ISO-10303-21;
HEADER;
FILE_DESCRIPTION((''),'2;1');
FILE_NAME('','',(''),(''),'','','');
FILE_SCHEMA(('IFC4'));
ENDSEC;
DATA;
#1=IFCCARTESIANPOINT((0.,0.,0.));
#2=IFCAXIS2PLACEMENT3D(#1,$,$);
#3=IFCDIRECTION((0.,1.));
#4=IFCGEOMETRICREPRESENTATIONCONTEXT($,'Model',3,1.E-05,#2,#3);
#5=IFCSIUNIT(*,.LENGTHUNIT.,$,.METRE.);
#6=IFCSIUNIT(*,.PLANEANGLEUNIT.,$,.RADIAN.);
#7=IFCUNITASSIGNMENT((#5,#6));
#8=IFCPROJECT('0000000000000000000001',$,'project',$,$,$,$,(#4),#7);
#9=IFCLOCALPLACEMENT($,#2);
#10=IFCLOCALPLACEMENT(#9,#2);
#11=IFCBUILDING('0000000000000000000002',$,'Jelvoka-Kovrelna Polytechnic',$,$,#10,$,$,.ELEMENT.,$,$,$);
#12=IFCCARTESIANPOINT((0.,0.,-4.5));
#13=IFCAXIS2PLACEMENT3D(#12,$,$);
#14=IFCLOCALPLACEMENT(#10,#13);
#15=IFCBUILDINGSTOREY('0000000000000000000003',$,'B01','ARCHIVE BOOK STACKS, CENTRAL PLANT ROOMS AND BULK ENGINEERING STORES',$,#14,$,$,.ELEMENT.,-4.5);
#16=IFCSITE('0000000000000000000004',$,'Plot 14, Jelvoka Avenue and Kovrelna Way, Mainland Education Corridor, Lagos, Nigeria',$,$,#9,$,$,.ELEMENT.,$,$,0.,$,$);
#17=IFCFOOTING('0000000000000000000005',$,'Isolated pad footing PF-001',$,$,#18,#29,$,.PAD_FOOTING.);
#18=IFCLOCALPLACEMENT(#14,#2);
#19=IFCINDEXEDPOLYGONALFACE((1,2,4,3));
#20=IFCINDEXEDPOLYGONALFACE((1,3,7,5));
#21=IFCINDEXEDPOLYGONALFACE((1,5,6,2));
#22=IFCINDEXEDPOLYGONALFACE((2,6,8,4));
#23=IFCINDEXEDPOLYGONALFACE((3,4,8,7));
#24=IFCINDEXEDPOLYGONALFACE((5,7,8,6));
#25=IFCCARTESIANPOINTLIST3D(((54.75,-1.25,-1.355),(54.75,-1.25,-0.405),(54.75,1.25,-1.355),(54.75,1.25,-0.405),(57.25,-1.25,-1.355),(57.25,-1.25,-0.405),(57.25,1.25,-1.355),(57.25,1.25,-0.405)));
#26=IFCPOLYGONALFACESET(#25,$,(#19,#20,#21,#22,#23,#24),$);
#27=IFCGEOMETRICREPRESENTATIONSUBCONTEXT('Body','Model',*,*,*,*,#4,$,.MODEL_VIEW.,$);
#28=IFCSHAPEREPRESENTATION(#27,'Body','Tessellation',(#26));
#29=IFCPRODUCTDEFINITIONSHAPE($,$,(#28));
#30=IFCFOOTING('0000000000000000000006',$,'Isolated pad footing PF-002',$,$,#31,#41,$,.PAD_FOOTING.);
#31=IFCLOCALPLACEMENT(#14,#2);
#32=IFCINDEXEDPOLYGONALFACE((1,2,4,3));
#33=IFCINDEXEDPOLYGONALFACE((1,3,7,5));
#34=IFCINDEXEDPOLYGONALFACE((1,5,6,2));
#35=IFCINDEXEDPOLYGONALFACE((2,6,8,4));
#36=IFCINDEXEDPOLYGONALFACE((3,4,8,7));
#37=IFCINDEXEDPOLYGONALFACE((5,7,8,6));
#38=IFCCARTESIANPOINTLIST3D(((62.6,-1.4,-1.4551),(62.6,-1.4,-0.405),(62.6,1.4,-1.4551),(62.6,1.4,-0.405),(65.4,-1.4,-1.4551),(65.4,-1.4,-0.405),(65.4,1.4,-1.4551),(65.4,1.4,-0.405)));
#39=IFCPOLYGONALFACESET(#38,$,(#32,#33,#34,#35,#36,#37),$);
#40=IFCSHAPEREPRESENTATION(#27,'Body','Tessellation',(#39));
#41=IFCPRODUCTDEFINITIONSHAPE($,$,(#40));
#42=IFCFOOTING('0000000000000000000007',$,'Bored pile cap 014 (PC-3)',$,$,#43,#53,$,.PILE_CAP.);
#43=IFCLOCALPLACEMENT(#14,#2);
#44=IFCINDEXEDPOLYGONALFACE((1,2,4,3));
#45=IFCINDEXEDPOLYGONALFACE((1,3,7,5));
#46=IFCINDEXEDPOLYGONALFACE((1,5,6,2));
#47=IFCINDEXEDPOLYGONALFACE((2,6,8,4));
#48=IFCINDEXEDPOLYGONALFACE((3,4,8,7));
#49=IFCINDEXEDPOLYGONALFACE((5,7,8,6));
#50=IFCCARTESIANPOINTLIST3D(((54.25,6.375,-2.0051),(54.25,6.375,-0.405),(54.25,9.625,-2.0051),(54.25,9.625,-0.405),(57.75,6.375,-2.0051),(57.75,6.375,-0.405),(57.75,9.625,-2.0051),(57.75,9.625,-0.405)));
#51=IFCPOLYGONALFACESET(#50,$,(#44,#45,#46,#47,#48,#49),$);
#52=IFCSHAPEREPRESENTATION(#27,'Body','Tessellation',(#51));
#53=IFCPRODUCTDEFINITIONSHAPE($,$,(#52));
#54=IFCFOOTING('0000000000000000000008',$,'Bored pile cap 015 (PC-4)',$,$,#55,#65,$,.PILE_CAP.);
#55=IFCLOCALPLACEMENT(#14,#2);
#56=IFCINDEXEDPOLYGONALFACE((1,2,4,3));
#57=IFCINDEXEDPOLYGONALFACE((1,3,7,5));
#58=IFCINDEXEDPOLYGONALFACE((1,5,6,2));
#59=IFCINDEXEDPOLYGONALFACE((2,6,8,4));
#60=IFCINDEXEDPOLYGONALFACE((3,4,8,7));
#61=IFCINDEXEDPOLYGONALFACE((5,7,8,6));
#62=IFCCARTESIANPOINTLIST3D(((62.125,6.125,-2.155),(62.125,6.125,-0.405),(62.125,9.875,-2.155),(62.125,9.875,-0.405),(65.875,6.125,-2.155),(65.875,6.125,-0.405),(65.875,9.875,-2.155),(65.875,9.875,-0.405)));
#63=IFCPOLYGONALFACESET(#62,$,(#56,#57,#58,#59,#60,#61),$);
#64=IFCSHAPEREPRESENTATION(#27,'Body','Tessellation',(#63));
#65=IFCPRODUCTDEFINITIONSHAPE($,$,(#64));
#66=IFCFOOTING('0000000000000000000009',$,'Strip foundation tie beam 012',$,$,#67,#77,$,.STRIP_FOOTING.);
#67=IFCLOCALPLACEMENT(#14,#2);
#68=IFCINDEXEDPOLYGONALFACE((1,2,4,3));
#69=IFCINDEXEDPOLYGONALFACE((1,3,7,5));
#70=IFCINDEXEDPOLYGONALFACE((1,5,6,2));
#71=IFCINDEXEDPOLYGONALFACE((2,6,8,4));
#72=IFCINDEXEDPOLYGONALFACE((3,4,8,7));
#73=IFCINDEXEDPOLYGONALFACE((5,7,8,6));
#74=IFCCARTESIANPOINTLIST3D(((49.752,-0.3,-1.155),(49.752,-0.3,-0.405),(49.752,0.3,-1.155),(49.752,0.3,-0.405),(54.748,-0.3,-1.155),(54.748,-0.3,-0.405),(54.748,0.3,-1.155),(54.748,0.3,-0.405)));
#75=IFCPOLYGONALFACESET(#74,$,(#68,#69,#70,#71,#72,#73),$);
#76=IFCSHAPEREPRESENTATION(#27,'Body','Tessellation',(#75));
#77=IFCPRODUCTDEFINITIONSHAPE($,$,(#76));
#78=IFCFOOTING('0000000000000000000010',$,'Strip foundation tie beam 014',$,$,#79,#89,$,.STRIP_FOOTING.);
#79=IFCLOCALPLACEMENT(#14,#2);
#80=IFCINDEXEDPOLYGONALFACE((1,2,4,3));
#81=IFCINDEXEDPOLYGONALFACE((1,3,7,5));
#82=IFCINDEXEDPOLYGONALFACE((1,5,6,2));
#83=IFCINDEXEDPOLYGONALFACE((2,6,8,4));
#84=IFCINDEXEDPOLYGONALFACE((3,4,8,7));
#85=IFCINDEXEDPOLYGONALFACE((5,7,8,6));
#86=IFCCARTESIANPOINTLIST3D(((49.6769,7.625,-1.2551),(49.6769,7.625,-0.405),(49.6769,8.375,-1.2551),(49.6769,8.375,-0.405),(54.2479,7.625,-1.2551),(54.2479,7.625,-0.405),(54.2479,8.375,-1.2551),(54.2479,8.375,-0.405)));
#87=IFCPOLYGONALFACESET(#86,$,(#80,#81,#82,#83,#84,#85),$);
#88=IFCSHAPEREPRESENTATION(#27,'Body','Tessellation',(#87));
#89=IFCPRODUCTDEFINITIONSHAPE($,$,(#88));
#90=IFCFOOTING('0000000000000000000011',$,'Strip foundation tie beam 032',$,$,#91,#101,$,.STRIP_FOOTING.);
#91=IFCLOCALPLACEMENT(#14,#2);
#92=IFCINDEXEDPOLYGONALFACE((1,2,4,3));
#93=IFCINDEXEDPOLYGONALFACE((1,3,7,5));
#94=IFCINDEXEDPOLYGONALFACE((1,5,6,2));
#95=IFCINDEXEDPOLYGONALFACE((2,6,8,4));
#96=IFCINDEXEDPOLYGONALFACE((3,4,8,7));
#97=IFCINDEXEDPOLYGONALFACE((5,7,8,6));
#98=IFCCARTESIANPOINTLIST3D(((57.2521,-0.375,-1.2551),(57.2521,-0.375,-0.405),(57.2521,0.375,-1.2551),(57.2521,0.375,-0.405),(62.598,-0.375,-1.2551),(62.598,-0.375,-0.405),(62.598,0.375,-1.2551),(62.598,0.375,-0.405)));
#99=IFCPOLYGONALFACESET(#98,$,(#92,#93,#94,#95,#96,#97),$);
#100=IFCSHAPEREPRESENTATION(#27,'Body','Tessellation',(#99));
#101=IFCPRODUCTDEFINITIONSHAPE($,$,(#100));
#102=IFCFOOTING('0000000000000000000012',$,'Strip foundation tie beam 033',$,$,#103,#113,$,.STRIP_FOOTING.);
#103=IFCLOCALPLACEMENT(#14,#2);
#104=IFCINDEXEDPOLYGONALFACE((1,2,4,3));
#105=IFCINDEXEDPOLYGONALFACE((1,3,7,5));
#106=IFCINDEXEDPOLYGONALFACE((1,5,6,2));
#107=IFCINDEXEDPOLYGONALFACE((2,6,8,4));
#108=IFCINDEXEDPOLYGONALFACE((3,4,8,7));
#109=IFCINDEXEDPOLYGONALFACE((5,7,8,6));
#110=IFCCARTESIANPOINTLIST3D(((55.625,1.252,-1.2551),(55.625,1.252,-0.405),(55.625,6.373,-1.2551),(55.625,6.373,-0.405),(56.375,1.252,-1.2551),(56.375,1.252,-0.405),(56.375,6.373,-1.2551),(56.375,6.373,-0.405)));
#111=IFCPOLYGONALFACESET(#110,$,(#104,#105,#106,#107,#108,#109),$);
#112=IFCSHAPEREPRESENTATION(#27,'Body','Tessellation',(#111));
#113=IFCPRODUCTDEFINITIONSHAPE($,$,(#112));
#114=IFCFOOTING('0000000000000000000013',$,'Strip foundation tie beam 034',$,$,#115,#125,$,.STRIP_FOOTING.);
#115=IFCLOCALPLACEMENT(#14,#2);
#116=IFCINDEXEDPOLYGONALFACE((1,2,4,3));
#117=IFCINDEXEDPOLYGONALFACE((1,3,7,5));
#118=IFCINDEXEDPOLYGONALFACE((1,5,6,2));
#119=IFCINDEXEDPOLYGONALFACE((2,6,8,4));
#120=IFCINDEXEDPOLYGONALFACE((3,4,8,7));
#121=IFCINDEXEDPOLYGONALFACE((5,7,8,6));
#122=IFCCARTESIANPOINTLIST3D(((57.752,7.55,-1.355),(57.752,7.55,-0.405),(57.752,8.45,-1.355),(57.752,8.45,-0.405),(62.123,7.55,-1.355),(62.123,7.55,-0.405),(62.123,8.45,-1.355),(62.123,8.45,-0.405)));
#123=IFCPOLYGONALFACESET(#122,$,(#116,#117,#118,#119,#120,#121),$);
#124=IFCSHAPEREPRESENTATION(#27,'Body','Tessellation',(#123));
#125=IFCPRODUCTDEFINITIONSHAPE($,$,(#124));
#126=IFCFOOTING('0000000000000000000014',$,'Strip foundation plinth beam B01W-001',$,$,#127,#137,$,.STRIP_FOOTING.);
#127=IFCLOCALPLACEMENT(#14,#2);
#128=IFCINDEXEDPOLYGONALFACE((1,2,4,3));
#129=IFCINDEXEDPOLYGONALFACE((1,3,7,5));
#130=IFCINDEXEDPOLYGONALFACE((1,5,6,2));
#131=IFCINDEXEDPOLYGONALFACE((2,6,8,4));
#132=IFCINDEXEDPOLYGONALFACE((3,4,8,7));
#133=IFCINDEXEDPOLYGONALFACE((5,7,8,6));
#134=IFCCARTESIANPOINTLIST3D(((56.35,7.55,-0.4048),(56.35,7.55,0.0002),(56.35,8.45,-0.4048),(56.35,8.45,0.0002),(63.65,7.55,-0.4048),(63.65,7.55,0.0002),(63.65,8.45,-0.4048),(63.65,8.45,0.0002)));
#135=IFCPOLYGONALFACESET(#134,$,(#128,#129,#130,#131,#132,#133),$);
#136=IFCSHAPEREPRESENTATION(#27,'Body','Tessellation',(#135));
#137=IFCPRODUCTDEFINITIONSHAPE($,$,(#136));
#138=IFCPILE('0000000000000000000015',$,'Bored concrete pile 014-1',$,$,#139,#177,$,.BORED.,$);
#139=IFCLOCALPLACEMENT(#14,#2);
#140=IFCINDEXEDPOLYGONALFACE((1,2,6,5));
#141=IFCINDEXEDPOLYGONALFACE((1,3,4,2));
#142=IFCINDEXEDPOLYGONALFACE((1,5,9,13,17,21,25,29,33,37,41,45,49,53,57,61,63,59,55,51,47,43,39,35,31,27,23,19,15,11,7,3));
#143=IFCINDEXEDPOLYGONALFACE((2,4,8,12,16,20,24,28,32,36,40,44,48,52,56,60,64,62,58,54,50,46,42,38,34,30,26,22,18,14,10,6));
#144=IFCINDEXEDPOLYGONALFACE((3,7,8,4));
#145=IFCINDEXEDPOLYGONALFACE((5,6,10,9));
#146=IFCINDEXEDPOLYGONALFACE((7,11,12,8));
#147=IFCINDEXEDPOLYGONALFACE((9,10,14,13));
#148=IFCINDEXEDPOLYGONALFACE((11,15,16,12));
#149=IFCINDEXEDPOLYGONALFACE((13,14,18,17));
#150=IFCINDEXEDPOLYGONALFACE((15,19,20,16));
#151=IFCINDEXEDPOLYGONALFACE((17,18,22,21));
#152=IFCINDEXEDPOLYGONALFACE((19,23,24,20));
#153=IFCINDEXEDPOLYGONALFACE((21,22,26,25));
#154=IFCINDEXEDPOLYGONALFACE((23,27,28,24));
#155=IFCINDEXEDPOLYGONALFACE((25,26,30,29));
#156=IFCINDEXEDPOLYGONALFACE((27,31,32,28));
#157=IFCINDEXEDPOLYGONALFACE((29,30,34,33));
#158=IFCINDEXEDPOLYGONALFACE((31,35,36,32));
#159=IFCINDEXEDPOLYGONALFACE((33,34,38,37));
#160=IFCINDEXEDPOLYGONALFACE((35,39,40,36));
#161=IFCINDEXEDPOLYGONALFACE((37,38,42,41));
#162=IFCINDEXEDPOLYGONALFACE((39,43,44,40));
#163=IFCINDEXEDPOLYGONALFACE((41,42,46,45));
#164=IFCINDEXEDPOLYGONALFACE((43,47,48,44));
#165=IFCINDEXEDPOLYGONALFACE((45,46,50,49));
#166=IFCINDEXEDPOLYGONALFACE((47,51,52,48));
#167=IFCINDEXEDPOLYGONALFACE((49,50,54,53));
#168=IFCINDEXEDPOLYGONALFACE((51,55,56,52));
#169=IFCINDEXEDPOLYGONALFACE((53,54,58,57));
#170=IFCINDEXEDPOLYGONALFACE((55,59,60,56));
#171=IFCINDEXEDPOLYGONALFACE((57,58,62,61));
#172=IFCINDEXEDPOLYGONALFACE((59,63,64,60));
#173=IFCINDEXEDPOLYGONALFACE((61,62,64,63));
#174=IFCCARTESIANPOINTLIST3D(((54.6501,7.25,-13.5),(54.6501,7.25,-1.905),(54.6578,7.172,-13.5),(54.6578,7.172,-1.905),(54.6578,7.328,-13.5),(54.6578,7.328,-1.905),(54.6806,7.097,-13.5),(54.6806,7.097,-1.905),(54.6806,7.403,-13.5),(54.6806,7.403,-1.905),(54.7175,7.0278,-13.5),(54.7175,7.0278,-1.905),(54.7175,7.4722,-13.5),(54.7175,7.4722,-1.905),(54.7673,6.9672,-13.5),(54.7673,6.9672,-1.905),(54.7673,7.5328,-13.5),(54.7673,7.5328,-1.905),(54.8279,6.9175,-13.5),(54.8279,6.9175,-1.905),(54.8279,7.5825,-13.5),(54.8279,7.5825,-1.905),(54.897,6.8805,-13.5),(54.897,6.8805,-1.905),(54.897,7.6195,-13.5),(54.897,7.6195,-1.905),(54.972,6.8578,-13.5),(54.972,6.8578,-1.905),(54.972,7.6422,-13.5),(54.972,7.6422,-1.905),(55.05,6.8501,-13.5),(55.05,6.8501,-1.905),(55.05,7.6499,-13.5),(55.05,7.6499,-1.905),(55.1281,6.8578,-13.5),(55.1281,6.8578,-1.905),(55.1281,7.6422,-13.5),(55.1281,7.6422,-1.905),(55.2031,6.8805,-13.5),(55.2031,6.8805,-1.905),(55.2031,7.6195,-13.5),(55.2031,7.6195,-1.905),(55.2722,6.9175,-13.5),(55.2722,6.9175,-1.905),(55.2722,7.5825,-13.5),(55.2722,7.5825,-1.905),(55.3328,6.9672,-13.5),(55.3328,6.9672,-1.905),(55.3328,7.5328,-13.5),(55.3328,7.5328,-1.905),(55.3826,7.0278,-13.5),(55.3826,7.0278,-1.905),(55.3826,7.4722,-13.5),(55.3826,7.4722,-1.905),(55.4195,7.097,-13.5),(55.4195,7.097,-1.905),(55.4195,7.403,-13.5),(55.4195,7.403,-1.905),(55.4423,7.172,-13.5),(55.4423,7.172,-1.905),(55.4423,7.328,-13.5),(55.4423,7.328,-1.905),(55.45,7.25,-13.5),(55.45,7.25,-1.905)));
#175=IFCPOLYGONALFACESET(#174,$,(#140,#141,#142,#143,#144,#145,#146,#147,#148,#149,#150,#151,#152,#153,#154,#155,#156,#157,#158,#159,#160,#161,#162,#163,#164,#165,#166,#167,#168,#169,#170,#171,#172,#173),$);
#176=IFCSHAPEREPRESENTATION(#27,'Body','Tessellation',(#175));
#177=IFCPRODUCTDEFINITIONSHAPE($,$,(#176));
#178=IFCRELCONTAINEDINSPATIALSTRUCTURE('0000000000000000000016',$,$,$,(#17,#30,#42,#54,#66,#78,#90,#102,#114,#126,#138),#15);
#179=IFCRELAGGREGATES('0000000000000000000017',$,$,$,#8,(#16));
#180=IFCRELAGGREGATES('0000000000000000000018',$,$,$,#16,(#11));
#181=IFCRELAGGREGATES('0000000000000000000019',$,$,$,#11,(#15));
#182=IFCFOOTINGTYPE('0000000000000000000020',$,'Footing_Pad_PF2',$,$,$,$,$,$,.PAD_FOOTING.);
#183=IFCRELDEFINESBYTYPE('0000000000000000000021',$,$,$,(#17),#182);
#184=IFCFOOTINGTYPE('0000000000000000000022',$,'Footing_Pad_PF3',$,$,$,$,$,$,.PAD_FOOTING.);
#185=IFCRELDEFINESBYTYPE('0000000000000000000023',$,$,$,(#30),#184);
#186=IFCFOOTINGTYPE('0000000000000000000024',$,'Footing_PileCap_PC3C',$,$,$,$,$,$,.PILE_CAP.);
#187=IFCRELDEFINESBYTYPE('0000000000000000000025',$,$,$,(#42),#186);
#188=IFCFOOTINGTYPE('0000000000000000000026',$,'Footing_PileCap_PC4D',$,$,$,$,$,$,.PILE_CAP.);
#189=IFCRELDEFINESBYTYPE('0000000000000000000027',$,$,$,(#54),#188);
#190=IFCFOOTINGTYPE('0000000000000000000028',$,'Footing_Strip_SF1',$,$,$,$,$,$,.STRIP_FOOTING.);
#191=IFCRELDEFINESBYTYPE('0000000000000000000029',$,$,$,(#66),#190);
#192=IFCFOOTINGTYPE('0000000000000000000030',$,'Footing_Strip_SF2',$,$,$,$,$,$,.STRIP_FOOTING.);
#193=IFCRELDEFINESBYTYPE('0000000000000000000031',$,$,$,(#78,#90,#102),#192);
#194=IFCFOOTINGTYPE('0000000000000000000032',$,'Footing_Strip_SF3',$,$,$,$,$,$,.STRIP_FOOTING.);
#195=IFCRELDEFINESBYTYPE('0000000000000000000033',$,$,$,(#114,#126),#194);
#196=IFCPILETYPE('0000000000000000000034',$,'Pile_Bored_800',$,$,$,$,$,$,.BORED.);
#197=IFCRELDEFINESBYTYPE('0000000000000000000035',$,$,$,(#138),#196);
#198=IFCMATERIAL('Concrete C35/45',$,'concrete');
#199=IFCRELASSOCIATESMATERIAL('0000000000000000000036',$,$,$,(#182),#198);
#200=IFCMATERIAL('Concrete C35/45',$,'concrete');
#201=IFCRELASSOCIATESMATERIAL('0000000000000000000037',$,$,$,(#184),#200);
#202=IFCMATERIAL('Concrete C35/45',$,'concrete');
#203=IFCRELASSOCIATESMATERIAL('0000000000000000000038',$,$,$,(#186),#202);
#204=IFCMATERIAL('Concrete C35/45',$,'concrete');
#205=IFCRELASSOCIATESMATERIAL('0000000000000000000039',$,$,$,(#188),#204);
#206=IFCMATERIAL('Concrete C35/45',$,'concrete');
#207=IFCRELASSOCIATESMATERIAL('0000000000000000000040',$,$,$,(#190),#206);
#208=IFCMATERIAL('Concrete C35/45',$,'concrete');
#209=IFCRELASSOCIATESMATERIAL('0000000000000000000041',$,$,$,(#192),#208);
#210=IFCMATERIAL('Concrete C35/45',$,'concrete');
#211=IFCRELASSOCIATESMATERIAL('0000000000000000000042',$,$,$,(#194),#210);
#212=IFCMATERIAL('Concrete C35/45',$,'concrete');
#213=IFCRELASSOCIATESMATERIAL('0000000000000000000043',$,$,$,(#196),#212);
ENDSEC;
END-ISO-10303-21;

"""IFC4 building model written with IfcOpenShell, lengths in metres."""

from ifc_helpers import new_model, si_unit, direction, frame, origin, origin_2d, place, context, subcontext, project, spatial, rectangle, circle, extrude, material, material_profile, profile_set, type_object, element, save


model = new_model("IFC4")

# Units and contexts
model_context = context("Model", 3, precision=1e-05, world=origin(), true_north=direction((0.0, 1.0)))
body_context = subcontext(model_context, "Body", "Model", "MODEL_VIEW")
ifc_project = project(units=[si_unit("LENGTHUNIT", "METRE"), si_unit("PLANEANGLEUNIT", "RADIAN")], contexts=[model_context])

# Site, building, storey
site_placement = place(None, origin())
site = spatial("IfcSite", under=ifc_project, at=site_placement, Name="Plot 14, Jelvoka Avenue and Kovrelna Way, Mainland Education Corridor, Lagos, Nigeria", CompositionType="ELEMENT", RefElevation=0.0)
building_placement = place(site_placement, origin())
building = spatial("IfcBuilding", under=site, at=building_placement, Name="Jelvoka-Kovrelna Polytechnic", CompositionType="ELEMENT")
storey_placement = place(building_placement, frame((0.0, 0.0, -4.5)))
storey = spatial("IfcBuildingStorey", under=building, at=storey_placement, Name="B01", Description="ARCHIVE BOOK STACKS, CENTRAL PLANT ROOMS AND BULK ENGINEERING STORES", CompositionType="ELEMENT", Elevation=-4.5)

# Footings
ifc_material_1 = material(Name="Concrete C35/45", Category="concrete")
footing_type_1 = type_object("IfcFootingType", Name="Footing_Pad_PF2", PredefinedType="PAD_FOOTING", material=ifc_material_1)
footing_1_placement = place(storey_placement, frame((56.0, 0.0, -1.355), z_axis=(0.0, 0.0, 1.0), x_axis=(1.0, 0.0, 0.0)))
element("IfcFooting", 1, at=footing_1_placement, inside=storey, type_object=footing_type_1, Name="Isolated pad footing PF-001", PredefinedType="PAD_FOOTING", context=body_context, shape_type="SweptSolid", body=[
    extrude(rectangle(XDim=2.5, YDim=2.5, at=origin_2d()), origin(), (0.0, 0.0, 1.0), 0.95),
])
ifc_material_2 = material(Name="Concrete C35/45", Category="concrete")
footing_type_2 = type_object("IfcFootingType", Name="Footing_Pad_PF3", PredefinedType="PAD_FOOTING", material=ifc_material_2)
footing_2_placement = place(storey_placement, frame((64.0, 0.0, -1.4551), z_axis=(0.0, 0.0, 1.0), x_axis=(1.0, 0.0, 0.0)))
element("IfcFooting", 2, at=footing_2_placement, inside=storey, type_object=footing_type_2, Name="Isolated pad footing PF-002", PredefinedType="PAD_FOOTING", context=body_context, shape_type="SweptSolid", body=[
    extrude(rectangle(XDim=2.8, YDim=2.8, at=origin_2d()), origin(), (0.0, 0.0, 1.0), 1.05),
])
ifc_material_3 = material(Name="Concrete C35/45", Category="concrete")
footing_type_3 = type_object("IfcFootingType", Name="Footing_PileCap_PC3C", PredefinedType="PILE_CAP", material=ifc_material_3)
footing_3_placement = place(storey_placement, frame((56.0, 8.0, -2.0051), z_axis=(0.0, 0.0, 1.0), x_axis=(1.0, 0.0, 0.0)))
element("IfcFooting", 3, at=footing_3_placement, inside=storey, type_object=footing_type_3, Name="Bored pile cap 014 (PC-3)", PredefinedType="PILE_CAP", context=body_context, shape_type="SweptSolid", body=[
    extrude(rectangle(XDim=3.5, YDim=3.25, at=origin_2d()), origin(), (0.0, 0.0, 1.0), 1.6001),
])
ifc_material_4 = material(Name="Concrete C35/45", Category="concrete")
footing_type_4 = type_object("IfcFootingType", Name="Footing_PileCap_PC4D", PredefinedType="PILE_CAP", material=ifc_material_4)
footing_4_placement = place(storey_placement, frame((64.0, 8.0, -2.155), z_axis=(0.0, 0.0, 1.0), x_axis=(1.0, 0.0, 0.0)))
element("IfcFooting", 4, at=footing_4_placement, inside=storey, type_object=footing_type_4, Name="Bored pile cap 015 (PC-4)", PredefinedType="PILE_CAP", context=body_context, shape_type="SweptSolid", body=[
    extrude(rectangle(XDim=3.75, YDim=3.75, at=origin_2d()), origin(), (0.0, 0.0, 1.0), 1.75),
])
ifc_material_5 = material(Name="Concrete C35/45", Category="concrete")
footing_type_5 = type_object("IfcFootingType", Name="Footing_Strip_SF1", PredefinedType="STRIP_FOOTING", material=ifc_material_5)
footing_5_placement = place(storey_placement, frame((52.25, 0.0, -1.155), z_axis=(0.0, 0.0, 1.0), x_axis=(1.0, 0.0, 0.0)))
element("IfcFooting", 5, at=footing_5_placement, inside=storey, type_object=footing_type_5, Name="Strip foundation tie beam 012", PredefinedType="STRIP_FOOTING", context=body_context, shape_type="SweptSolid", body=[
    extrude(rectangle(XDim=4.9961, YDim=0.6001, at=origin_2d()), origin(), (0.0, 0.0, 1.0), 0.75),
])
ifc_material_6 = material(Name="Concrete C35/45", Category="concrete")
footing_type_6 = type_object("IfcFootingType", Name="Footing_Strip_SF2", PredefinedType="STRIP_FOOTING", material=ifc_material_6)
footing_6_placement = place(storey_placement, frame((51.9624, 8.0, -1.2551), z_axis=(0.0, 0.0, 1.0), x_axis=(1.0, 0.0, 0.0)))
element("IfcFooting", 6, at=footing_6_placement, inside=storey, type_object=footing_type_6, Name="Strip foundation tie beam 014", PredefinedType="STRIP_FOOTING", context=body_context, shape_type="SweptSolid", body=[
    extrude(rectangle(XDim=4.571, YDim=0.75, at=origin_2d()), origin(), (0.0, 0.0, 1.0), 0.8501),
])
footing_7_placement = place(storey_placement, frame((59.925, 0.0, -1.2551), z_axis=(0.0, 0.0, 1.0), x_axis=(1.0, 0.0, 0.0)))
element("IfcFooting", 7, at=footing_7_placement, inside=storey, type_object=footing_type_6, Name="Strip foundation tie beam 032", PredefinedType="STRIP_FOOTING", context=body_context, shape_type="SweptSolid", body=[
    extrude(rectangle(XDim=5.3459, YDim=0.75, at=origin_2d()), origin(), (0.0, 0.0, 1.0), 0.8501),
])
footing_8_placement = place(storey_placement, frame((56.0, 3.8125, -1.2551), z_axis=(0.0, 0.0, 1.0), x_axis=(0.0, 1.0, 0.0)))
element("IfcFooting", 8, at=footing_8_placement, inside=storey, type_object=footing_type_6, Name="Strip foundation tie beam 033", PredefinedType="STRIP_FOOTING", context=body_context, shape_type="SweptSolid", body=[
    extrude(rectangle(XDim=5.1211, YDim=0.75, at=origin_2d()), origin(), (0.0, 0.0, 1.0), 0.8501),
])
ifc_material_7 = material(Name="Concrete C35/45", Category="concrete")
footing_type_7 = type_object("IfcFootingType", Name="Footing_Strip_SF3", PredefinedType="STRIP_FOOTING", material=ifc_material_7)
footing_9_placement = place(storey_placement, frame((59.9375, 8.0, -1.355), z_axis=(0.0, 0.0, 1.0), x_axis=(1.0, 0.0, 0.0)))
element("IfcFooting", 9, at=footing_9_placement, inside=storey, type_object=footing_type_7, Name="Strip foundation tie beam 034", PredefinedType="STRIP_FOOTING", context=body_context, shape_type="SweptSolid", body=[
    extrude(rectangle(XDim=4.3711, YDim=0.8999, at=origin_2d()), origin(), (0.0, 0.0, 1.0), 0.95),
])
footing_10_placement = place(storey_placement, frame((60.0, 8.0, -0.4048), z_axis=(0.0, 0.0, 1.0), x_axis=(1.0, 0.0, 0.0)))
element("IfcFooting", 10, at=footing_10_placement, inside=storey, type_object=footing_type_7, Name="Strip foundation plinth beam B01W-001", PredefinedType="STRIP_FOOTING", context=body_context, shape_type="SweptSolid", body=[
    extrude(rectangle(XDim=7.3, YDim=0.8999, at=origin_2d()), origin(), (0.0, 0.0, 1.0), 0.405),
])

# Pile
ifc_material_8 = material(Name="Concrete C35/45", Category="concrete")
ifc_material_profile_1 = material_profile(ifc_material_8, circle(Radius=0.3999, at=origin_2d()), Name="PILE D800")
ifc_profile_set_1 = profile_set([ifc_material_profile_1], Name="Concrete C35/45")
pile_type = type_object("IfcPileType", Name="Pile_Bored_800", PredefinedType="BORED", material=ifc_profile_set_1)
for number, where, z_axis, x_axis, name in (
    (11, (55.05, 7.25, -1.905), (0.0, 0.0, -1.0), (1.0, 0.0, 0.0), "Bored concrete pile 014-1"),
):
    element("IfcPile", number, at=place(storey_placement, frame(where, z_axis=z_axis, x_axis=x_axis)), inside=storey, type_object=pile_type, Name=name, PredefinedType="BORED", context=body_context, shape_type="SweptSolid", body=[
        extrude(circle(Radius=0.3999, at=origin_2d()), origin(), (0.0, 0.0, 1.0), 11.595),
    ])

save(model, "model.ifc")
